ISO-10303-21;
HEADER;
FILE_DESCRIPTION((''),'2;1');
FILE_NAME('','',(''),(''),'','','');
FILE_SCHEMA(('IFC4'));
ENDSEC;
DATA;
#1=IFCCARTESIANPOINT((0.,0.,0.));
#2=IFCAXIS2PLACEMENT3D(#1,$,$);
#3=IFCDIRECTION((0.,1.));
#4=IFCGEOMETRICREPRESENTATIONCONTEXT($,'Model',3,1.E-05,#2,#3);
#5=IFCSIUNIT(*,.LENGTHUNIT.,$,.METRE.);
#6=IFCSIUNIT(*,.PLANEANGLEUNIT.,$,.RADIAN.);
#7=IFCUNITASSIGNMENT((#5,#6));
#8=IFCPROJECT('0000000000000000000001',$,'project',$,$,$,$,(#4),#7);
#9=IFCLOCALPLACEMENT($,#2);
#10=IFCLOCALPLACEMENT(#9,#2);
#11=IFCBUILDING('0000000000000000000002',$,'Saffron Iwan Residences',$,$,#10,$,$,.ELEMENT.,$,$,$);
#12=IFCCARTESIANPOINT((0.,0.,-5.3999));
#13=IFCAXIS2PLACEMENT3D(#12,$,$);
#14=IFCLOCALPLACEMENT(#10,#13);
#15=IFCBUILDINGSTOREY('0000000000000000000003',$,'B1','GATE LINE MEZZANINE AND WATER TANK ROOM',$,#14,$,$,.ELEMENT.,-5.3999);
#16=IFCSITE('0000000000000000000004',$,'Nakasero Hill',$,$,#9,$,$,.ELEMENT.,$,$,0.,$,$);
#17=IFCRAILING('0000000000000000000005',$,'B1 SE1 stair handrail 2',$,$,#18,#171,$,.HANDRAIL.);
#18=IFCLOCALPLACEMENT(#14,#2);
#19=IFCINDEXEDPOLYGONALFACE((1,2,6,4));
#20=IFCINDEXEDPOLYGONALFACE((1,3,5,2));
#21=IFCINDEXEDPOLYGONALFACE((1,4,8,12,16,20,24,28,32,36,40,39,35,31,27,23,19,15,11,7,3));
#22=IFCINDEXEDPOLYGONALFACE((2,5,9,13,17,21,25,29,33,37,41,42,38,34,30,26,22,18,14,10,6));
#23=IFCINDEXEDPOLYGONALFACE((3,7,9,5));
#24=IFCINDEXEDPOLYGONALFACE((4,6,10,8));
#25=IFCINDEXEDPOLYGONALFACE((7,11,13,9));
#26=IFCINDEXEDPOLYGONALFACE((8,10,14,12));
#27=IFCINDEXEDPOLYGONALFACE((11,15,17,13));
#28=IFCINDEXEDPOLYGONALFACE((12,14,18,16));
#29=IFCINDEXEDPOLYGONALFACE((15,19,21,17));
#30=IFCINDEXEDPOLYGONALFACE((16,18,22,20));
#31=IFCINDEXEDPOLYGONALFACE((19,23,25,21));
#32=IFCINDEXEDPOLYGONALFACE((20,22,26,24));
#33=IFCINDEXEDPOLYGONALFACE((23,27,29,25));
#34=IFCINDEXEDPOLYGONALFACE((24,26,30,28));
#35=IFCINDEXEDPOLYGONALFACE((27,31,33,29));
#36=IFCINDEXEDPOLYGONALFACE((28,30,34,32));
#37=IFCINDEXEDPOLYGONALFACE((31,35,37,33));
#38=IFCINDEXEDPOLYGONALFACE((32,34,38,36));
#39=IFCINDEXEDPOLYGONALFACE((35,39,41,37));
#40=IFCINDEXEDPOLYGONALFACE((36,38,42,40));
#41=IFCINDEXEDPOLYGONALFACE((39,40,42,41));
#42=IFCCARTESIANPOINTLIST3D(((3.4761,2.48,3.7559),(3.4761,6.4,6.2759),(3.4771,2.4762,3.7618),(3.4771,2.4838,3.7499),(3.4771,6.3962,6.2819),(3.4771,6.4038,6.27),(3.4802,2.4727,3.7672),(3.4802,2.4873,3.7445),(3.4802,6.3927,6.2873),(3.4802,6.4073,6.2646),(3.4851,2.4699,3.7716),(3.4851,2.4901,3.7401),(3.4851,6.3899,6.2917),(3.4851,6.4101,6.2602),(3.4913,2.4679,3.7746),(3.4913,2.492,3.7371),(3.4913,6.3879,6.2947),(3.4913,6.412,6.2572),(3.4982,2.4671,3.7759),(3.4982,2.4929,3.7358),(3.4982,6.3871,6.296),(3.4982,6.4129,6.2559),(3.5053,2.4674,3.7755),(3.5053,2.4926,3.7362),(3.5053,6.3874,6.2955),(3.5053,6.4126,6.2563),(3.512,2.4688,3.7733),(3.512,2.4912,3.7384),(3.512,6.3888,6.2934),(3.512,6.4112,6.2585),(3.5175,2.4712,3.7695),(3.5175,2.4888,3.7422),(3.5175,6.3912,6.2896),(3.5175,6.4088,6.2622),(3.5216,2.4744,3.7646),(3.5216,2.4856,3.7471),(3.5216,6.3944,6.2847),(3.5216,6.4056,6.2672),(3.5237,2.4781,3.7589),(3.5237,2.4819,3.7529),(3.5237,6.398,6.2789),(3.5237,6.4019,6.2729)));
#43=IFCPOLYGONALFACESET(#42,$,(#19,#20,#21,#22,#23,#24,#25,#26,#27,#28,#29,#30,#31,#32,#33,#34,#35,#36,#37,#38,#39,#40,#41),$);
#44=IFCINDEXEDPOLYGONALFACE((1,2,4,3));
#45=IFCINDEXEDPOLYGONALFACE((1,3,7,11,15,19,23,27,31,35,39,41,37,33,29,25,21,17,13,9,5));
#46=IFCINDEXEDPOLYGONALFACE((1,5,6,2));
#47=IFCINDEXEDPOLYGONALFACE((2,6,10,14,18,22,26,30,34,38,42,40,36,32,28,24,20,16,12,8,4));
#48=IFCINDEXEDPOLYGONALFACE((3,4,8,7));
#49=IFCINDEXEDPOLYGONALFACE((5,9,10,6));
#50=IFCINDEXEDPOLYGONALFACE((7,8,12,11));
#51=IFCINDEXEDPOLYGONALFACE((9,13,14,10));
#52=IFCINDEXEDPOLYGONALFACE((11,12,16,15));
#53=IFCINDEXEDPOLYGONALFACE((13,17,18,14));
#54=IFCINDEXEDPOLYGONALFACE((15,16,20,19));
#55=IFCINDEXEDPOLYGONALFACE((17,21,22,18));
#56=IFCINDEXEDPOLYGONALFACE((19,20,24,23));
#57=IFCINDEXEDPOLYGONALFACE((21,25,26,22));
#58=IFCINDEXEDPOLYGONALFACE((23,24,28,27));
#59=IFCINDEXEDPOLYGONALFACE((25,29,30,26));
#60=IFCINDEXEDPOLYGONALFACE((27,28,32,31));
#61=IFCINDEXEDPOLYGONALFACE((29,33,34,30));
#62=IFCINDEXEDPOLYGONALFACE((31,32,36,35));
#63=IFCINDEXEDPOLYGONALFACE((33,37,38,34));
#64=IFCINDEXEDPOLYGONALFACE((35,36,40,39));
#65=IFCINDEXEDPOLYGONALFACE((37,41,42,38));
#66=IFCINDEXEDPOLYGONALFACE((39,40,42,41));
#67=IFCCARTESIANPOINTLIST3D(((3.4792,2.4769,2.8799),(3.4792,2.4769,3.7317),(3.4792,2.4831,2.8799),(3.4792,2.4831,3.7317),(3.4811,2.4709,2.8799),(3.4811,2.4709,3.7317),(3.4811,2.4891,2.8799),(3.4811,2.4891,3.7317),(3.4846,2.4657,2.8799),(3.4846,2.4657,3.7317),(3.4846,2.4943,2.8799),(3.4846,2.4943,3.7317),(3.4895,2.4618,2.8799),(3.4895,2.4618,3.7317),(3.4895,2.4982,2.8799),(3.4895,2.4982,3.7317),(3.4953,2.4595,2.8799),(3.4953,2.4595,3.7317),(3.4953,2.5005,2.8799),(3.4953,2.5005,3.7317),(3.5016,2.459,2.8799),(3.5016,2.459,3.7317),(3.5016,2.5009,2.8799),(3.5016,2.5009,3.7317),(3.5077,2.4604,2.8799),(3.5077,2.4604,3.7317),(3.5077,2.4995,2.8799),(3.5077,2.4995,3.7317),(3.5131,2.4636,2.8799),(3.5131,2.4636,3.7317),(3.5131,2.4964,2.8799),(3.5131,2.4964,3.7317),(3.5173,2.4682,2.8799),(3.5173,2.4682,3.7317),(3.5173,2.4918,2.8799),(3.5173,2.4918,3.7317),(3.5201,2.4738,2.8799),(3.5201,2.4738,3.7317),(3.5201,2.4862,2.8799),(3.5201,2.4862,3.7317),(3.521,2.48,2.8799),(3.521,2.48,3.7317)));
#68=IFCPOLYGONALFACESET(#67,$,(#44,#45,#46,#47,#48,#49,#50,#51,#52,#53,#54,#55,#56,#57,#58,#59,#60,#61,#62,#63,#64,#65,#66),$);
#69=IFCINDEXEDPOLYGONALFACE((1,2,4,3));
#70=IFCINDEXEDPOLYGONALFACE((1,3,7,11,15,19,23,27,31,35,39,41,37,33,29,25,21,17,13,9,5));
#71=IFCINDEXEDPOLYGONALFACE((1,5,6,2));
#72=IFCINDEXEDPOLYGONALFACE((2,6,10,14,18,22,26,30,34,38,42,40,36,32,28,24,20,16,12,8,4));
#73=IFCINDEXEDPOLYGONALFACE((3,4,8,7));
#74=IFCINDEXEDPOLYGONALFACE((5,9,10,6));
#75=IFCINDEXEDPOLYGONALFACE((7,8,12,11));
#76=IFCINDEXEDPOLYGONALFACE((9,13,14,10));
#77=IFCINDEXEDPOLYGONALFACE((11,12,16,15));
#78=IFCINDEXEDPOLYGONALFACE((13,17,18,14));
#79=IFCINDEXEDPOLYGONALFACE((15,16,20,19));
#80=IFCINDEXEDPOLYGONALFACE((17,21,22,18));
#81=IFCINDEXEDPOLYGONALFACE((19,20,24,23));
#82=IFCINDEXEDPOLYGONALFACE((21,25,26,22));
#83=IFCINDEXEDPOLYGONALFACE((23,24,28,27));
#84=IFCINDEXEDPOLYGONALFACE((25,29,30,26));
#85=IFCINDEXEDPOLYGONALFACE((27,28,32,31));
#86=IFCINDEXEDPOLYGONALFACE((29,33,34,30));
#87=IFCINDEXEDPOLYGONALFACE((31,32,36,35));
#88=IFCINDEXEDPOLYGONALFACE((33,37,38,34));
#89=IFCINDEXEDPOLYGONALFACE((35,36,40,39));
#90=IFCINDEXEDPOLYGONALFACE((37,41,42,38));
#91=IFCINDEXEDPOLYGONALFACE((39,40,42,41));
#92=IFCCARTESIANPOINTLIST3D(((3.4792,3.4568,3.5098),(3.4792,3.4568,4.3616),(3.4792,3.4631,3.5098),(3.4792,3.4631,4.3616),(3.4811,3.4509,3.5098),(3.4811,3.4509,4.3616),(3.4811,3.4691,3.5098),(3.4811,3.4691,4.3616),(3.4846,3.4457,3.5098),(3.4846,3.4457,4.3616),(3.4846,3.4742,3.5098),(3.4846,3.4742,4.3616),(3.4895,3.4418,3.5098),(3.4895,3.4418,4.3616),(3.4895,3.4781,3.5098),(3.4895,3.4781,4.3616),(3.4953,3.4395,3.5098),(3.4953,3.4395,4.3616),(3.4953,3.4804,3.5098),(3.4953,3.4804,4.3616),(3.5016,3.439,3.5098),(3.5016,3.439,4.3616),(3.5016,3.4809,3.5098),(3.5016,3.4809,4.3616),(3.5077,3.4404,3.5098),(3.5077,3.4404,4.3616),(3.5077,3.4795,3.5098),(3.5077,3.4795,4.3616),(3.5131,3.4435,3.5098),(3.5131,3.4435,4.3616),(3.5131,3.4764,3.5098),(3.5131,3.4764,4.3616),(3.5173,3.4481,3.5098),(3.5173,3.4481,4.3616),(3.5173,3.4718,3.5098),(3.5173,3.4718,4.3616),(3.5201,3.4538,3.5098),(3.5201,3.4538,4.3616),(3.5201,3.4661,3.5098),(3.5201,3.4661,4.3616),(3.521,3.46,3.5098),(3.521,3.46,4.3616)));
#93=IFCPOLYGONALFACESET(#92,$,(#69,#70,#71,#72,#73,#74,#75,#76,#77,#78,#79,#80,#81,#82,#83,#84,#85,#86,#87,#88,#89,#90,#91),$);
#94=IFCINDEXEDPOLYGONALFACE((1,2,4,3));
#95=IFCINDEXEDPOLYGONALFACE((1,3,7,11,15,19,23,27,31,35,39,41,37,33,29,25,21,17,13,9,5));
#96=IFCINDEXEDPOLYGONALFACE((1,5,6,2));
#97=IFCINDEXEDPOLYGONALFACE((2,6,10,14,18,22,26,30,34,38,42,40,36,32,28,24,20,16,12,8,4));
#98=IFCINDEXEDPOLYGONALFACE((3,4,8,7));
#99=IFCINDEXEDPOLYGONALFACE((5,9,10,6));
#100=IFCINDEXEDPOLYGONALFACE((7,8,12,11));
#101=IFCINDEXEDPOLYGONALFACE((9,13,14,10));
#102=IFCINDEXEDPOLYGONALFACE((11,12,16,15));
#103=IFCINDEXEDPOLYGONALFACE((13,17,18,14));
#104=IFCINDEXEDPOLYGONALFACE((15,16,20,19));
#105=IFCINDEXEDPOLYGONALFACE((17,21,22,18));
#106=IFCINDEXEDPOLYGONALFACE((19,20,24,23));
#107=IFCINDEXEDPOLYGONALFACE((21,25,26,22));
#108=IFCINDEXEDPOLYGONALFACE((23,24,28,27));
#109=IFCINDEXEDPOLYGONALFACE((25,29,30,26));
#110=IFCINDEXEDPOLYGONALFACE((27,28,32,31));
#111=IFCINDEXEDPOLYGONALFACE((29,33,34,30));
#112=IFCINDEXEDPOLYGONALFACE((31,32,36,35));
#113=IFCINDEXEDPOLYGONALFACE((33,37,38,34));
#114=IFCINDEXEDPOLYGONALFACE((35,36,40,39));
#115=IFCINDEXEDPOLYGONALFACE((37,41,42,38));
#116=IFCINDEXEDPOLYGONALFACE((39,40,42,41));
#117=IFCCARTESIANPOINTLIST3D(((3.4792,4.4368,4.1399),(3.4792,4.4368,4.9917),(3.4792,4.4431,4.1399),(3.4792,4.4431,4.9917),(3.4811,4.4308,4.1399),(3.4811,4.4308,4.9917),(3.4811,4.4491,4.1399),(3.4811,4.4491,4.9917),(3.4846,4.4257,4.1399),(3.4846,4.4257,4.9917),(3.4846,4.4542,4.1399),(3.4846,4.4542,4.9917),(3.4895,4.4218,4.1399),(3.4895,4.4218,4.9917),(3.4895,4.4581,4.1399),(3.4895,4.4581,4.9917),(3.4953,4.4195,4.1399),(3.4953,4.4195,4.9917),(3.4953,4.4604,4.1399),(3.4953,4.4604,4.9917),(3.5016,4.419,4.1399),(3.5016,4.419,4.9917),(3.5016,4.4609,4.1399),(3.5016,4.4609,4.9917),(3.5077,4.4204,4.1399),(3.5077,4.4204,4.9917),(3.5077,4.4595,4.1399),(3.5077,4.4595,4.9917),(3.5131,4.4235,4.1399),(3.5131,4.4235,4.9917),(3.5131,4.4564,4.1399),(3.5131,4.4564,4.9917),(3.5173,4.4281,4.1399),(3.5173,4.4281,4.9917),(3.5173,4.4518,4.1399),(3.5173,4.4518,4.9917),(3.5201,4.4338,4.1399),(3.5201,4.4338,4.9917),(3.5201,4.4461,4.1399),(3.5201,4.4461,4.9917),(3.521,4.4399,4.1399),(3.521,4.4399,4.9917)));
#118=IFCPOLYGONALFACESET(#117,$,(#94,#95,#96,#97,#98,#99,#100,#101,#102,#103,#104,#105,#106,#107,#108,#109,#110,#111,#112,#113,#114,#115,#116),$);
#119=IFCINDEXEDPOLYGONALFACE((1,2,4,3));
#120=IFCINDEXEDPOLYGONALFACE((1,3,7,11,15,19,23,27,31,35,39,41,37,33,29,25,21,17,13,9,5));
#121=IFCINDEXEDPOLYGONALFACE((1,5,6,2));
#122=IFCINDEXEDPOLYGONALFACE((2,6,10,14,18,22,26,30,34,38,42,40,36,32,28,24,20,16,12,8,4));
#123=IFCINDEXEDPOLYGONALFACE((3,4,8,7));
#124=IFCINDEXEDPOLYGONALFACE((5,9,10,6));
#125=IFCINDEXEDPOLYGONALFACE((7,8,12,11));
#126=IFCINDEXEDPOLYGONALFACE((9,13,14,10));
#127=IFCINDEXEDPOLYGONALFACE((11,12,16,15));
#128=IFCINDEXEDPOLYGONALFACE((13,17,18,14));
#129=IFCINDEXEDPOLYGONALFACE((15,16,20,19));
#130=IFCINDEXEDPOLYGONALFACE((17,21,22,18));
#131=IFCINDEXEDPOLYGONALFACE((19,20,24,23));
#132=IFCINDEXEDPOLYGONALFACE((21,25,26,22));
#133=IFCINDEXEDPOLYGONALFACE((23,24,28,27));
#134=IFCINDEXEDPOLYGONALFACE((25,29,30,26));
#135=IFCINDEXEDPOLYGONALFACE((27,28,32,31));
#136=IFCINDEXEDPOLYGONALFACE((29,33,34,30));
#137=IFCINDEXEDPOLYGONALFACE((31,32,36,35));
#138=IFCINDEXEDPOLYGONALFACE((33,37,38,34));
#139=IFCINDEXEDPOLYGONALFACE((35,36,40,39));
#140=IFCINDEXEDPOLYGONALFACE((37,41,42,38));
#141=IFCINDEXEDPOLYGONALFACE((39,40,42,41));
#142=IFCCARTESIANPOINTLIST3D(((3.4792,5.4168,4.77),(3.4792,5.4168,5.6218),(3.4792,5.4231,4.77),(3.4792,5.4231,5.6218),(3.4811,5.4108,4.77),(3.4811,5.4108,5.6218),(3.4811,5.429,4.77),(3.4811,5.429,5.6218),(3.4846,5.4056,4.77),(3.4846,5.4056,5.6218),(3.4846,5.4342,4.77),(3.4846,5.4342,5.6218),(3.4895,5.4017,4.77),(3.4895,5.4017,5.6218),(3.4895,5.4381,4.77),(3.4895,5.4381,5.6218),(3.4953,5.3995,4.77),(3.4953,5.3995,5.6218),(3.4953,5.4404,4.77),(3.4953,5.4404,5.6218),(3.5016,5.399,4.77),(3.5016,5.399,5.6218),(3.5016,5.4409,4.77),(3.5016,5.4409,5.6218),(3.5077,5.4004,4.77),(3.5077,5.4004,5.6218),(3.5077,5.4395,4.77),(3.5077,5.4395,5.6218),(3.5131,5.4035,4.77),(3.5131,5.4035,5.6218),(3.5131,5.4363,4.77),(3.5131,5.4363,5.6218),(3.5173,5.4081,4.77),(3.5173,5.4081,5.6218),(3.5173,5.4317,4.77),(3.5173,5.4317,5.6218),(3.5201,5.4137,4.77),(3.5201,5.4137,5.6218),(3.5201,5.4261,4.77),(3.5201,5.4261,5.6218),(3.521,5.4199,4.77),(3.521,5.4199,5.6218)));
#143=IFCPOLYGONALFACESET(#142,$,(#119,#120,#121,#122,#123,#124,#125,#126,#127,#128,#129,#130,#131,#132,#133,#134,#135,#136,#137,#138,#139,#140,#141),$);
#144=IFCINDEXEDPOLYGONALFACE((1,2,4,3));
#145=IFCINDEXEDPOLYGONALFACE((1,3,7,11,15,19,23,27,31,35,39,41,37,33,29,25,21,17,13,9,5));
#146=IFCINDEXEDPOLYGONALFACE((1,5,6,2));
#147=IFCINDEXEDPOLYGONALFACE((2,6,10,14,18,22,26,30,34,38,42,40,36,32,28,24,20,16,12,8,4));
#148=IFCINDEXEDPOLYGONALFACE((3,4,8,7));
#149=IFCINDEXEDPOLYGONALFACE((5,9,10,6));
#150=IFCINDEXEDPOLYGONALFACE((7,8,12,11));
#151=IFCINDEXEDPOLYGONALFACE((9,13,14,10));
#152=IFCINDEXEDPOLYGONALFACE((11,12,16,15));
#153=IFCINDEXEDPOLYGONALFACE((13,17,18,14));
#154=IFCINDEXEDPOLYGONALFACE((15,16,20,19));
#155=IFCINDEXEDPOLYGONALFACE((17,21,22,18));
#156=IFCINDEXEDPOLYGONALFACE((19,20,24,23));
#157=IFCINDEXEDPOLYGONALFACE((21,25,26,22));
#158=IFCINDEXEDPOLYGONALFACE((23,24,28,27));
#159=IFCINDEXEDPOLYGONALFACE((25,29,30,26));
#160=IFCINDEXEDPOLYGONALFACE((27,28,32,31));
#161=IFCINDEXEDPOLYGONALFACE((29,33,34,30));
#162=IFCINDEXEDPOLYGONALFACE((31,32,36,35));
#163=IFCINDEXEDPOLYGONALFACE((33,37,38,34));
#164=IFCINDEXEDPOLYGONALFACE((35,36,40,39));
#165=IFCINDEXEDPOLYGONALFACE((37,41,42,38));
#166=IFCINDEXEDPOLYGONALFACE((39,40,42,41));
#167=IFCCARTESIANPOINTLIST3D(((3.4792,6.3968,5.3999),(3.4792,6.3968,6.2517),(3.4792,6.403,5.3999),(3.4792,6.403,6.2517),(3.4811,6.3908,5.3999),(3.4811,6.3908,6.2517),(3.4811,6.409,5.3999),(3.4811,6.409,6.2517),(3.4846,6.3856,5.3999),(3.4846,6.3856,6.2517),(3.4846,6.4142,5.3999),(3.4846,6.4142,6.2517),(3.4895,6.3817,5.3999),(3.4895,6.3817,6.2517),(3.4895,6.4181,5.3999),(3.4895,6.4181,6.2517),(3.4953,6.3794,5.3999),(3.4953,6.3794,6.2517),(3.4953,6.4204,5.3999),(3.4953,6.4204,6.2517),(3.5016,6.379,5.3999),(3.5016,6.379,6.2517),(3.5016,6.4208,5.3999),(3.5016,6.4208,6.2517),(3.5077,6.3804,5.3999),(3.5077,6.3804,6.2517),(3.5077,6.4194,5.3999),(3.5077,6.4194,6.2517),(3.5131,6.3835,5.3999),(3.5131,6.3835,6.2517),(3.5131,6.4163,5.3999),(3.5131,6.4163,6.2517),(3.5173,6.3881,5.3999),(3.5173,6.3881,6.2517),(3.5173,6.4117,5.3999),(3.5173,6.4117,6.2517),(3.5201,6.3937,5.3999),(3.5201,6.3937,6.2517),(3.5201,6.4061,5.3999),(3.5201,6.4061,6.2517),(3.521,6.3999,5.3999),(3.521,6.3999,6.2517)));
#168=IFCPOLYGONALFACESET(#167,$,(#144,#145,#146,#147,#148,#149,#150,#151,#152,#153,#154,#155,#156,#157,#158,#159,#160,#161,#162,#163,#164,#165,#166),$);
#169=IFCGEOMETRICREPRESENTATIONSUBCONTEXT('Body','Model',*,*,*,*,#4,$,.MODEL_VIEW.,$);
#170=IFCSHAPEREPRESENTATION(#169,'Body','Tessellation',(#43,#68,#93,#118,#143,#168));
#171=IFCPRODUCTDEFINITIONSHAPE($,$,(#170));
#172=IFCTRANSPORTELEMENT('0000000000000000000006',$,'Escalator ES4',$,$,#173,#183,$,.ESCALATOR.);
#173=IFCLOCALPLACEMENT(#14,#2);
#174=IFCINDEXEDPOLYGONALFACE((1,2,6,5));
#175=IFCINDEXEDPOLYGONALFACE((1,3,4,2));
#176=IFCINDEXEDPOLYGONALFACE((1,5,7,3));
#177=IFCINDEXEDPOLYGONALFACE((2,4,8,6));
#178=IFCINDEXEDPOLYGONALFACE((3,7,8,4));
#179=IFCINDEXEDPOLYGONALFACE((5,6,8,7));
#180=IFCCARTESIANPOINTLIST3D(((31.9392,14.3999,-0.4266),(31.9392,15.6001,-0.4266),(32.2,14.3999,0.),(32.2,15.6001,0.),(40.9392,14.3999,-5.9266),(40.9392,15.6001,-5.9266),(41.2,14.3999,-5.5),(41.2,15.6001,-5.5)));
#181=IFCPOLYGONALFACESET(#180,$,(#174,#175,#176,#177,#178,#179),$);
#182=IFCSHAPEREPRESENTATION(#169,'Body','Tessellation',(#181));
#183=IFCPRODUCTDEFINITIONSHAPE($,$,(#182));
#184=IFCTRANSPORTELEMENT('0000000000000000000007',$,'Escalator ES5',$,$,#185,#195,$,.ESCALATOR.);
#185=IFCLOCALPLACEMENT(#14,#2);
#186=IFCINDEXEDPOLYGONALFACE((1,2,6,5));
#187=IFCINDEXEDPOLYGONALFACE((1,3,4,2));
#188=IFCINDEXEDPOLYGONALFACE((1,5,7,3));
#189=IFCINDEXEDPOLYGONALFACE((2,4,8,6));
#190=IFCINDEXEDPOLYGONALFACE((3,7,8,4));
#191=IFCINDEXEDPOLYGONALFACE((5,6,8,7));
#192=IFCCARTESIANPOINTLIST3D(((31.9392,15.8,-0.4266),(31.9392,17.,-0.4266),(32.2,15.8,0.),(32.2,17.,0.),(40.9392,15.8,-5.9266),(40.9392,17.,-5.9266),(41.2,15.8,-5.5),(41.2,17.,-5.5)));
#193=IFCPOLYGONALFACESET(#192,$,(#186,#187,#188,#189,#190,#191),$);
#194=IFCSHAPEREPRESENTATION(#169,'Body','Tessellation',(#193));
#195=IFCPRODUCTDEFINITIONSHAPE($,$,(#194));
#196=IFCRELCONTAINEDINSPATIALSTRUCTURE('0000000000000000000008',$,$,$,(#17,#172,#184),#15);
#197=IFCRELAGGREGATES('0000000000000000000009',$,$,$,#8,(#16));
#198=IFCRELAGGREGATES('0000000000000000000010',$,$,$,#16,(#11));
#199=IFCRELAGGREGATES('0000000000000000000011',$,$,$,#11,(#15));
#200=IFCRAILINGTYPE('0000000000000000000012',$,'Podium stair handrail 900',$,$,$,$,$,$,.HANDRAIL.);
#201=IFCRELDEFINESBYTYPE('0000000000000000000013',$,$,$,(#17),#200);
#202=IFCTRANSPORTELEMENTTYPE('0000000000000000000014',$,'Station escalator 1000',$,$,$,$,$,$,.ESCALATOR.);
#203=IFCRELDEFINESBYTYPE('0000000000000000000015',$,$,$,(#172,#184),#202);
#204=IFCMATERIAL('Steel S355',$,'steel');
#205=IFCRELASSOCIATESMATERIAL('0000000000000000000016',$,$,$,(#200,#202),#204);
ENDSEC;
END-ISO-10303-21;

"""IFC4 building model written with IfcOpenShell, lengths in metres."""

from ifc_helpers import new_model, si_unit, direction, frame, origin, origin_2d, place, context, subcontext, project, spatial, polyline, circle, outline, extrude, material, type_object, element, save


model = new_model("IFC4")

# Units and contexts
model_context = context("Model", 3, precision=1e-05, world=origin(), true_north=direction((0.0, 1.0)))
body_context = subcontext(model_context, "Body", "Model", "MODEL_VIEW")
ifc_project = project(units=[si_unit("LENGTHUNIT", "METRE"), si_unit("PLANEANGLEUNIT", "RADIAN")], contexts=[model_context])

# Site, building, storey
site_placement = place(None, origin())
site = spatial("IfcSite", under=ifc_project, at=site_placement, Name="Nakasero Hill", CompositionType="ELEMENT", RefElevation=0.0)
building_placement = place(site_placement, origin())
building = spatial("IfcBuilding", under=site, at=building_placement, Name="Saffron Iwan Residences", CompositionType="ELEMENT")
storey_placement = place(building_placement, frame((0.0, 0.0, -5.3999)))
storey = spatial("IfcBuildingStorey", under=building, at=storey_placement, Name="B1", Description="GATE LINE MEZZANINE AND WATER TANK ROOM", CompositionType="ELEMENT", Elevation=-5.3999)

# Railing
ifc_material_1 = material(Name="Steel S355", Category="steel")
railing_type_1 = type_object("IfcRailingType", Name="Podium stair handrail 900", PredefinedType="HANDRAIL", material=ifc_material_1)
railing_1_placement = place(storey_placement, frame((3.5, 2.48, 2.8799)))
element("IfcRailing", 1, at=railing_1_placement, inside=storey, type_object=railing_type_1, Name="B1 SE1 stair handrail 2", PredefinedType="HANDRAIL", context=body_context, shape_type="SweptSolid", body=[
    extrude(circle(Radius=0.0239, at=origin_2d()), frame((0.0, 0.0, 0.876), z_axis=(0.0, 0.841172, 0.540768), x_axis=(-1.0, 0.0, 0.0)), (0.0, 0.0, 1.0), 4.6602),
    extrude(circle(Radius=0.021, at=origin_2d()), origin(), (0.0, 0.0, 1.0), 0.8518),
    extrude(circle(Radius=0.021, at=origin_2d()), frame((0.0, 0.98, 0.6299)), (0.0, 0.0, 1.0), 0.8518),
    extrude(circle(Radius=0.021, at=origin_2d()), frame((0.0, 1.96, 1.26)), (0.0, 0.0, 1.0), 0.8518),
    extrude(circle(Radius=0.021, at=origin_2d()), frame((0.0, 2.9399, 1.8901)), (0.0, 0.0, 1.0), 0.8518),
    extrude(circle(Radius=0.021, at=origin_2d()), frame((0.0, 3.9199, 2.52)), (0.0, 0.0, 1.0), 0.8518),
])

# Transport elements
transport_element_type = type_object("IfcTransportElementType", Name="Station escalator 1000", PredefinedType="ESCALATOR", material=ifc_material_1)
transport_element_1_placement = place(storey_placement, frame((32.2, 14.3999, 0.0), z_axis=(0.52145, 0.0, 0.853282), x_axis=(0.0, 1.0, 0.0)))
element("IfcTransportElement", 2, at=transport_element_1_placement, inside=storey, type_object=transport_element_type, Name="Escalator ES4", PredefinedType="ESCALATOR", context=body_context, shape_type="SweptSolid", body=[
    extrude(outline(polyline([(0.0, 0.0), (1.2002, 0.0), (1.2002, -10.5475), (0.0, -10.5475), (0.0, 0.0)])), origin(), (0.0, 0.0, -1.0), 0.5),
])
transport_element_2_placement = place(storey_placement, frame((32.2, 15.8, 0.0), z_axis=(0.52145, 0.0, 0.853282), x_axis=(0.0, 1.0, 0.0)))
element("IfcTransportElement", 3, at=transport_element_2_placement, inside=storey, type_object=transport_element_type, Name="Escalator ES5", PredefinedType="ESCALATOR", context=body_context, shape_type="SweptSolid", body=[
    extrude(outline(polyline([(0.0, 0.0), (1.2, 0.0), (1.2, -10.5475), (0.0, -10.5475), (0.0, 0.0)])), origin(), (0.0, 0.0, -1.0), 0.5),
])

save(model, "model.ifc")
